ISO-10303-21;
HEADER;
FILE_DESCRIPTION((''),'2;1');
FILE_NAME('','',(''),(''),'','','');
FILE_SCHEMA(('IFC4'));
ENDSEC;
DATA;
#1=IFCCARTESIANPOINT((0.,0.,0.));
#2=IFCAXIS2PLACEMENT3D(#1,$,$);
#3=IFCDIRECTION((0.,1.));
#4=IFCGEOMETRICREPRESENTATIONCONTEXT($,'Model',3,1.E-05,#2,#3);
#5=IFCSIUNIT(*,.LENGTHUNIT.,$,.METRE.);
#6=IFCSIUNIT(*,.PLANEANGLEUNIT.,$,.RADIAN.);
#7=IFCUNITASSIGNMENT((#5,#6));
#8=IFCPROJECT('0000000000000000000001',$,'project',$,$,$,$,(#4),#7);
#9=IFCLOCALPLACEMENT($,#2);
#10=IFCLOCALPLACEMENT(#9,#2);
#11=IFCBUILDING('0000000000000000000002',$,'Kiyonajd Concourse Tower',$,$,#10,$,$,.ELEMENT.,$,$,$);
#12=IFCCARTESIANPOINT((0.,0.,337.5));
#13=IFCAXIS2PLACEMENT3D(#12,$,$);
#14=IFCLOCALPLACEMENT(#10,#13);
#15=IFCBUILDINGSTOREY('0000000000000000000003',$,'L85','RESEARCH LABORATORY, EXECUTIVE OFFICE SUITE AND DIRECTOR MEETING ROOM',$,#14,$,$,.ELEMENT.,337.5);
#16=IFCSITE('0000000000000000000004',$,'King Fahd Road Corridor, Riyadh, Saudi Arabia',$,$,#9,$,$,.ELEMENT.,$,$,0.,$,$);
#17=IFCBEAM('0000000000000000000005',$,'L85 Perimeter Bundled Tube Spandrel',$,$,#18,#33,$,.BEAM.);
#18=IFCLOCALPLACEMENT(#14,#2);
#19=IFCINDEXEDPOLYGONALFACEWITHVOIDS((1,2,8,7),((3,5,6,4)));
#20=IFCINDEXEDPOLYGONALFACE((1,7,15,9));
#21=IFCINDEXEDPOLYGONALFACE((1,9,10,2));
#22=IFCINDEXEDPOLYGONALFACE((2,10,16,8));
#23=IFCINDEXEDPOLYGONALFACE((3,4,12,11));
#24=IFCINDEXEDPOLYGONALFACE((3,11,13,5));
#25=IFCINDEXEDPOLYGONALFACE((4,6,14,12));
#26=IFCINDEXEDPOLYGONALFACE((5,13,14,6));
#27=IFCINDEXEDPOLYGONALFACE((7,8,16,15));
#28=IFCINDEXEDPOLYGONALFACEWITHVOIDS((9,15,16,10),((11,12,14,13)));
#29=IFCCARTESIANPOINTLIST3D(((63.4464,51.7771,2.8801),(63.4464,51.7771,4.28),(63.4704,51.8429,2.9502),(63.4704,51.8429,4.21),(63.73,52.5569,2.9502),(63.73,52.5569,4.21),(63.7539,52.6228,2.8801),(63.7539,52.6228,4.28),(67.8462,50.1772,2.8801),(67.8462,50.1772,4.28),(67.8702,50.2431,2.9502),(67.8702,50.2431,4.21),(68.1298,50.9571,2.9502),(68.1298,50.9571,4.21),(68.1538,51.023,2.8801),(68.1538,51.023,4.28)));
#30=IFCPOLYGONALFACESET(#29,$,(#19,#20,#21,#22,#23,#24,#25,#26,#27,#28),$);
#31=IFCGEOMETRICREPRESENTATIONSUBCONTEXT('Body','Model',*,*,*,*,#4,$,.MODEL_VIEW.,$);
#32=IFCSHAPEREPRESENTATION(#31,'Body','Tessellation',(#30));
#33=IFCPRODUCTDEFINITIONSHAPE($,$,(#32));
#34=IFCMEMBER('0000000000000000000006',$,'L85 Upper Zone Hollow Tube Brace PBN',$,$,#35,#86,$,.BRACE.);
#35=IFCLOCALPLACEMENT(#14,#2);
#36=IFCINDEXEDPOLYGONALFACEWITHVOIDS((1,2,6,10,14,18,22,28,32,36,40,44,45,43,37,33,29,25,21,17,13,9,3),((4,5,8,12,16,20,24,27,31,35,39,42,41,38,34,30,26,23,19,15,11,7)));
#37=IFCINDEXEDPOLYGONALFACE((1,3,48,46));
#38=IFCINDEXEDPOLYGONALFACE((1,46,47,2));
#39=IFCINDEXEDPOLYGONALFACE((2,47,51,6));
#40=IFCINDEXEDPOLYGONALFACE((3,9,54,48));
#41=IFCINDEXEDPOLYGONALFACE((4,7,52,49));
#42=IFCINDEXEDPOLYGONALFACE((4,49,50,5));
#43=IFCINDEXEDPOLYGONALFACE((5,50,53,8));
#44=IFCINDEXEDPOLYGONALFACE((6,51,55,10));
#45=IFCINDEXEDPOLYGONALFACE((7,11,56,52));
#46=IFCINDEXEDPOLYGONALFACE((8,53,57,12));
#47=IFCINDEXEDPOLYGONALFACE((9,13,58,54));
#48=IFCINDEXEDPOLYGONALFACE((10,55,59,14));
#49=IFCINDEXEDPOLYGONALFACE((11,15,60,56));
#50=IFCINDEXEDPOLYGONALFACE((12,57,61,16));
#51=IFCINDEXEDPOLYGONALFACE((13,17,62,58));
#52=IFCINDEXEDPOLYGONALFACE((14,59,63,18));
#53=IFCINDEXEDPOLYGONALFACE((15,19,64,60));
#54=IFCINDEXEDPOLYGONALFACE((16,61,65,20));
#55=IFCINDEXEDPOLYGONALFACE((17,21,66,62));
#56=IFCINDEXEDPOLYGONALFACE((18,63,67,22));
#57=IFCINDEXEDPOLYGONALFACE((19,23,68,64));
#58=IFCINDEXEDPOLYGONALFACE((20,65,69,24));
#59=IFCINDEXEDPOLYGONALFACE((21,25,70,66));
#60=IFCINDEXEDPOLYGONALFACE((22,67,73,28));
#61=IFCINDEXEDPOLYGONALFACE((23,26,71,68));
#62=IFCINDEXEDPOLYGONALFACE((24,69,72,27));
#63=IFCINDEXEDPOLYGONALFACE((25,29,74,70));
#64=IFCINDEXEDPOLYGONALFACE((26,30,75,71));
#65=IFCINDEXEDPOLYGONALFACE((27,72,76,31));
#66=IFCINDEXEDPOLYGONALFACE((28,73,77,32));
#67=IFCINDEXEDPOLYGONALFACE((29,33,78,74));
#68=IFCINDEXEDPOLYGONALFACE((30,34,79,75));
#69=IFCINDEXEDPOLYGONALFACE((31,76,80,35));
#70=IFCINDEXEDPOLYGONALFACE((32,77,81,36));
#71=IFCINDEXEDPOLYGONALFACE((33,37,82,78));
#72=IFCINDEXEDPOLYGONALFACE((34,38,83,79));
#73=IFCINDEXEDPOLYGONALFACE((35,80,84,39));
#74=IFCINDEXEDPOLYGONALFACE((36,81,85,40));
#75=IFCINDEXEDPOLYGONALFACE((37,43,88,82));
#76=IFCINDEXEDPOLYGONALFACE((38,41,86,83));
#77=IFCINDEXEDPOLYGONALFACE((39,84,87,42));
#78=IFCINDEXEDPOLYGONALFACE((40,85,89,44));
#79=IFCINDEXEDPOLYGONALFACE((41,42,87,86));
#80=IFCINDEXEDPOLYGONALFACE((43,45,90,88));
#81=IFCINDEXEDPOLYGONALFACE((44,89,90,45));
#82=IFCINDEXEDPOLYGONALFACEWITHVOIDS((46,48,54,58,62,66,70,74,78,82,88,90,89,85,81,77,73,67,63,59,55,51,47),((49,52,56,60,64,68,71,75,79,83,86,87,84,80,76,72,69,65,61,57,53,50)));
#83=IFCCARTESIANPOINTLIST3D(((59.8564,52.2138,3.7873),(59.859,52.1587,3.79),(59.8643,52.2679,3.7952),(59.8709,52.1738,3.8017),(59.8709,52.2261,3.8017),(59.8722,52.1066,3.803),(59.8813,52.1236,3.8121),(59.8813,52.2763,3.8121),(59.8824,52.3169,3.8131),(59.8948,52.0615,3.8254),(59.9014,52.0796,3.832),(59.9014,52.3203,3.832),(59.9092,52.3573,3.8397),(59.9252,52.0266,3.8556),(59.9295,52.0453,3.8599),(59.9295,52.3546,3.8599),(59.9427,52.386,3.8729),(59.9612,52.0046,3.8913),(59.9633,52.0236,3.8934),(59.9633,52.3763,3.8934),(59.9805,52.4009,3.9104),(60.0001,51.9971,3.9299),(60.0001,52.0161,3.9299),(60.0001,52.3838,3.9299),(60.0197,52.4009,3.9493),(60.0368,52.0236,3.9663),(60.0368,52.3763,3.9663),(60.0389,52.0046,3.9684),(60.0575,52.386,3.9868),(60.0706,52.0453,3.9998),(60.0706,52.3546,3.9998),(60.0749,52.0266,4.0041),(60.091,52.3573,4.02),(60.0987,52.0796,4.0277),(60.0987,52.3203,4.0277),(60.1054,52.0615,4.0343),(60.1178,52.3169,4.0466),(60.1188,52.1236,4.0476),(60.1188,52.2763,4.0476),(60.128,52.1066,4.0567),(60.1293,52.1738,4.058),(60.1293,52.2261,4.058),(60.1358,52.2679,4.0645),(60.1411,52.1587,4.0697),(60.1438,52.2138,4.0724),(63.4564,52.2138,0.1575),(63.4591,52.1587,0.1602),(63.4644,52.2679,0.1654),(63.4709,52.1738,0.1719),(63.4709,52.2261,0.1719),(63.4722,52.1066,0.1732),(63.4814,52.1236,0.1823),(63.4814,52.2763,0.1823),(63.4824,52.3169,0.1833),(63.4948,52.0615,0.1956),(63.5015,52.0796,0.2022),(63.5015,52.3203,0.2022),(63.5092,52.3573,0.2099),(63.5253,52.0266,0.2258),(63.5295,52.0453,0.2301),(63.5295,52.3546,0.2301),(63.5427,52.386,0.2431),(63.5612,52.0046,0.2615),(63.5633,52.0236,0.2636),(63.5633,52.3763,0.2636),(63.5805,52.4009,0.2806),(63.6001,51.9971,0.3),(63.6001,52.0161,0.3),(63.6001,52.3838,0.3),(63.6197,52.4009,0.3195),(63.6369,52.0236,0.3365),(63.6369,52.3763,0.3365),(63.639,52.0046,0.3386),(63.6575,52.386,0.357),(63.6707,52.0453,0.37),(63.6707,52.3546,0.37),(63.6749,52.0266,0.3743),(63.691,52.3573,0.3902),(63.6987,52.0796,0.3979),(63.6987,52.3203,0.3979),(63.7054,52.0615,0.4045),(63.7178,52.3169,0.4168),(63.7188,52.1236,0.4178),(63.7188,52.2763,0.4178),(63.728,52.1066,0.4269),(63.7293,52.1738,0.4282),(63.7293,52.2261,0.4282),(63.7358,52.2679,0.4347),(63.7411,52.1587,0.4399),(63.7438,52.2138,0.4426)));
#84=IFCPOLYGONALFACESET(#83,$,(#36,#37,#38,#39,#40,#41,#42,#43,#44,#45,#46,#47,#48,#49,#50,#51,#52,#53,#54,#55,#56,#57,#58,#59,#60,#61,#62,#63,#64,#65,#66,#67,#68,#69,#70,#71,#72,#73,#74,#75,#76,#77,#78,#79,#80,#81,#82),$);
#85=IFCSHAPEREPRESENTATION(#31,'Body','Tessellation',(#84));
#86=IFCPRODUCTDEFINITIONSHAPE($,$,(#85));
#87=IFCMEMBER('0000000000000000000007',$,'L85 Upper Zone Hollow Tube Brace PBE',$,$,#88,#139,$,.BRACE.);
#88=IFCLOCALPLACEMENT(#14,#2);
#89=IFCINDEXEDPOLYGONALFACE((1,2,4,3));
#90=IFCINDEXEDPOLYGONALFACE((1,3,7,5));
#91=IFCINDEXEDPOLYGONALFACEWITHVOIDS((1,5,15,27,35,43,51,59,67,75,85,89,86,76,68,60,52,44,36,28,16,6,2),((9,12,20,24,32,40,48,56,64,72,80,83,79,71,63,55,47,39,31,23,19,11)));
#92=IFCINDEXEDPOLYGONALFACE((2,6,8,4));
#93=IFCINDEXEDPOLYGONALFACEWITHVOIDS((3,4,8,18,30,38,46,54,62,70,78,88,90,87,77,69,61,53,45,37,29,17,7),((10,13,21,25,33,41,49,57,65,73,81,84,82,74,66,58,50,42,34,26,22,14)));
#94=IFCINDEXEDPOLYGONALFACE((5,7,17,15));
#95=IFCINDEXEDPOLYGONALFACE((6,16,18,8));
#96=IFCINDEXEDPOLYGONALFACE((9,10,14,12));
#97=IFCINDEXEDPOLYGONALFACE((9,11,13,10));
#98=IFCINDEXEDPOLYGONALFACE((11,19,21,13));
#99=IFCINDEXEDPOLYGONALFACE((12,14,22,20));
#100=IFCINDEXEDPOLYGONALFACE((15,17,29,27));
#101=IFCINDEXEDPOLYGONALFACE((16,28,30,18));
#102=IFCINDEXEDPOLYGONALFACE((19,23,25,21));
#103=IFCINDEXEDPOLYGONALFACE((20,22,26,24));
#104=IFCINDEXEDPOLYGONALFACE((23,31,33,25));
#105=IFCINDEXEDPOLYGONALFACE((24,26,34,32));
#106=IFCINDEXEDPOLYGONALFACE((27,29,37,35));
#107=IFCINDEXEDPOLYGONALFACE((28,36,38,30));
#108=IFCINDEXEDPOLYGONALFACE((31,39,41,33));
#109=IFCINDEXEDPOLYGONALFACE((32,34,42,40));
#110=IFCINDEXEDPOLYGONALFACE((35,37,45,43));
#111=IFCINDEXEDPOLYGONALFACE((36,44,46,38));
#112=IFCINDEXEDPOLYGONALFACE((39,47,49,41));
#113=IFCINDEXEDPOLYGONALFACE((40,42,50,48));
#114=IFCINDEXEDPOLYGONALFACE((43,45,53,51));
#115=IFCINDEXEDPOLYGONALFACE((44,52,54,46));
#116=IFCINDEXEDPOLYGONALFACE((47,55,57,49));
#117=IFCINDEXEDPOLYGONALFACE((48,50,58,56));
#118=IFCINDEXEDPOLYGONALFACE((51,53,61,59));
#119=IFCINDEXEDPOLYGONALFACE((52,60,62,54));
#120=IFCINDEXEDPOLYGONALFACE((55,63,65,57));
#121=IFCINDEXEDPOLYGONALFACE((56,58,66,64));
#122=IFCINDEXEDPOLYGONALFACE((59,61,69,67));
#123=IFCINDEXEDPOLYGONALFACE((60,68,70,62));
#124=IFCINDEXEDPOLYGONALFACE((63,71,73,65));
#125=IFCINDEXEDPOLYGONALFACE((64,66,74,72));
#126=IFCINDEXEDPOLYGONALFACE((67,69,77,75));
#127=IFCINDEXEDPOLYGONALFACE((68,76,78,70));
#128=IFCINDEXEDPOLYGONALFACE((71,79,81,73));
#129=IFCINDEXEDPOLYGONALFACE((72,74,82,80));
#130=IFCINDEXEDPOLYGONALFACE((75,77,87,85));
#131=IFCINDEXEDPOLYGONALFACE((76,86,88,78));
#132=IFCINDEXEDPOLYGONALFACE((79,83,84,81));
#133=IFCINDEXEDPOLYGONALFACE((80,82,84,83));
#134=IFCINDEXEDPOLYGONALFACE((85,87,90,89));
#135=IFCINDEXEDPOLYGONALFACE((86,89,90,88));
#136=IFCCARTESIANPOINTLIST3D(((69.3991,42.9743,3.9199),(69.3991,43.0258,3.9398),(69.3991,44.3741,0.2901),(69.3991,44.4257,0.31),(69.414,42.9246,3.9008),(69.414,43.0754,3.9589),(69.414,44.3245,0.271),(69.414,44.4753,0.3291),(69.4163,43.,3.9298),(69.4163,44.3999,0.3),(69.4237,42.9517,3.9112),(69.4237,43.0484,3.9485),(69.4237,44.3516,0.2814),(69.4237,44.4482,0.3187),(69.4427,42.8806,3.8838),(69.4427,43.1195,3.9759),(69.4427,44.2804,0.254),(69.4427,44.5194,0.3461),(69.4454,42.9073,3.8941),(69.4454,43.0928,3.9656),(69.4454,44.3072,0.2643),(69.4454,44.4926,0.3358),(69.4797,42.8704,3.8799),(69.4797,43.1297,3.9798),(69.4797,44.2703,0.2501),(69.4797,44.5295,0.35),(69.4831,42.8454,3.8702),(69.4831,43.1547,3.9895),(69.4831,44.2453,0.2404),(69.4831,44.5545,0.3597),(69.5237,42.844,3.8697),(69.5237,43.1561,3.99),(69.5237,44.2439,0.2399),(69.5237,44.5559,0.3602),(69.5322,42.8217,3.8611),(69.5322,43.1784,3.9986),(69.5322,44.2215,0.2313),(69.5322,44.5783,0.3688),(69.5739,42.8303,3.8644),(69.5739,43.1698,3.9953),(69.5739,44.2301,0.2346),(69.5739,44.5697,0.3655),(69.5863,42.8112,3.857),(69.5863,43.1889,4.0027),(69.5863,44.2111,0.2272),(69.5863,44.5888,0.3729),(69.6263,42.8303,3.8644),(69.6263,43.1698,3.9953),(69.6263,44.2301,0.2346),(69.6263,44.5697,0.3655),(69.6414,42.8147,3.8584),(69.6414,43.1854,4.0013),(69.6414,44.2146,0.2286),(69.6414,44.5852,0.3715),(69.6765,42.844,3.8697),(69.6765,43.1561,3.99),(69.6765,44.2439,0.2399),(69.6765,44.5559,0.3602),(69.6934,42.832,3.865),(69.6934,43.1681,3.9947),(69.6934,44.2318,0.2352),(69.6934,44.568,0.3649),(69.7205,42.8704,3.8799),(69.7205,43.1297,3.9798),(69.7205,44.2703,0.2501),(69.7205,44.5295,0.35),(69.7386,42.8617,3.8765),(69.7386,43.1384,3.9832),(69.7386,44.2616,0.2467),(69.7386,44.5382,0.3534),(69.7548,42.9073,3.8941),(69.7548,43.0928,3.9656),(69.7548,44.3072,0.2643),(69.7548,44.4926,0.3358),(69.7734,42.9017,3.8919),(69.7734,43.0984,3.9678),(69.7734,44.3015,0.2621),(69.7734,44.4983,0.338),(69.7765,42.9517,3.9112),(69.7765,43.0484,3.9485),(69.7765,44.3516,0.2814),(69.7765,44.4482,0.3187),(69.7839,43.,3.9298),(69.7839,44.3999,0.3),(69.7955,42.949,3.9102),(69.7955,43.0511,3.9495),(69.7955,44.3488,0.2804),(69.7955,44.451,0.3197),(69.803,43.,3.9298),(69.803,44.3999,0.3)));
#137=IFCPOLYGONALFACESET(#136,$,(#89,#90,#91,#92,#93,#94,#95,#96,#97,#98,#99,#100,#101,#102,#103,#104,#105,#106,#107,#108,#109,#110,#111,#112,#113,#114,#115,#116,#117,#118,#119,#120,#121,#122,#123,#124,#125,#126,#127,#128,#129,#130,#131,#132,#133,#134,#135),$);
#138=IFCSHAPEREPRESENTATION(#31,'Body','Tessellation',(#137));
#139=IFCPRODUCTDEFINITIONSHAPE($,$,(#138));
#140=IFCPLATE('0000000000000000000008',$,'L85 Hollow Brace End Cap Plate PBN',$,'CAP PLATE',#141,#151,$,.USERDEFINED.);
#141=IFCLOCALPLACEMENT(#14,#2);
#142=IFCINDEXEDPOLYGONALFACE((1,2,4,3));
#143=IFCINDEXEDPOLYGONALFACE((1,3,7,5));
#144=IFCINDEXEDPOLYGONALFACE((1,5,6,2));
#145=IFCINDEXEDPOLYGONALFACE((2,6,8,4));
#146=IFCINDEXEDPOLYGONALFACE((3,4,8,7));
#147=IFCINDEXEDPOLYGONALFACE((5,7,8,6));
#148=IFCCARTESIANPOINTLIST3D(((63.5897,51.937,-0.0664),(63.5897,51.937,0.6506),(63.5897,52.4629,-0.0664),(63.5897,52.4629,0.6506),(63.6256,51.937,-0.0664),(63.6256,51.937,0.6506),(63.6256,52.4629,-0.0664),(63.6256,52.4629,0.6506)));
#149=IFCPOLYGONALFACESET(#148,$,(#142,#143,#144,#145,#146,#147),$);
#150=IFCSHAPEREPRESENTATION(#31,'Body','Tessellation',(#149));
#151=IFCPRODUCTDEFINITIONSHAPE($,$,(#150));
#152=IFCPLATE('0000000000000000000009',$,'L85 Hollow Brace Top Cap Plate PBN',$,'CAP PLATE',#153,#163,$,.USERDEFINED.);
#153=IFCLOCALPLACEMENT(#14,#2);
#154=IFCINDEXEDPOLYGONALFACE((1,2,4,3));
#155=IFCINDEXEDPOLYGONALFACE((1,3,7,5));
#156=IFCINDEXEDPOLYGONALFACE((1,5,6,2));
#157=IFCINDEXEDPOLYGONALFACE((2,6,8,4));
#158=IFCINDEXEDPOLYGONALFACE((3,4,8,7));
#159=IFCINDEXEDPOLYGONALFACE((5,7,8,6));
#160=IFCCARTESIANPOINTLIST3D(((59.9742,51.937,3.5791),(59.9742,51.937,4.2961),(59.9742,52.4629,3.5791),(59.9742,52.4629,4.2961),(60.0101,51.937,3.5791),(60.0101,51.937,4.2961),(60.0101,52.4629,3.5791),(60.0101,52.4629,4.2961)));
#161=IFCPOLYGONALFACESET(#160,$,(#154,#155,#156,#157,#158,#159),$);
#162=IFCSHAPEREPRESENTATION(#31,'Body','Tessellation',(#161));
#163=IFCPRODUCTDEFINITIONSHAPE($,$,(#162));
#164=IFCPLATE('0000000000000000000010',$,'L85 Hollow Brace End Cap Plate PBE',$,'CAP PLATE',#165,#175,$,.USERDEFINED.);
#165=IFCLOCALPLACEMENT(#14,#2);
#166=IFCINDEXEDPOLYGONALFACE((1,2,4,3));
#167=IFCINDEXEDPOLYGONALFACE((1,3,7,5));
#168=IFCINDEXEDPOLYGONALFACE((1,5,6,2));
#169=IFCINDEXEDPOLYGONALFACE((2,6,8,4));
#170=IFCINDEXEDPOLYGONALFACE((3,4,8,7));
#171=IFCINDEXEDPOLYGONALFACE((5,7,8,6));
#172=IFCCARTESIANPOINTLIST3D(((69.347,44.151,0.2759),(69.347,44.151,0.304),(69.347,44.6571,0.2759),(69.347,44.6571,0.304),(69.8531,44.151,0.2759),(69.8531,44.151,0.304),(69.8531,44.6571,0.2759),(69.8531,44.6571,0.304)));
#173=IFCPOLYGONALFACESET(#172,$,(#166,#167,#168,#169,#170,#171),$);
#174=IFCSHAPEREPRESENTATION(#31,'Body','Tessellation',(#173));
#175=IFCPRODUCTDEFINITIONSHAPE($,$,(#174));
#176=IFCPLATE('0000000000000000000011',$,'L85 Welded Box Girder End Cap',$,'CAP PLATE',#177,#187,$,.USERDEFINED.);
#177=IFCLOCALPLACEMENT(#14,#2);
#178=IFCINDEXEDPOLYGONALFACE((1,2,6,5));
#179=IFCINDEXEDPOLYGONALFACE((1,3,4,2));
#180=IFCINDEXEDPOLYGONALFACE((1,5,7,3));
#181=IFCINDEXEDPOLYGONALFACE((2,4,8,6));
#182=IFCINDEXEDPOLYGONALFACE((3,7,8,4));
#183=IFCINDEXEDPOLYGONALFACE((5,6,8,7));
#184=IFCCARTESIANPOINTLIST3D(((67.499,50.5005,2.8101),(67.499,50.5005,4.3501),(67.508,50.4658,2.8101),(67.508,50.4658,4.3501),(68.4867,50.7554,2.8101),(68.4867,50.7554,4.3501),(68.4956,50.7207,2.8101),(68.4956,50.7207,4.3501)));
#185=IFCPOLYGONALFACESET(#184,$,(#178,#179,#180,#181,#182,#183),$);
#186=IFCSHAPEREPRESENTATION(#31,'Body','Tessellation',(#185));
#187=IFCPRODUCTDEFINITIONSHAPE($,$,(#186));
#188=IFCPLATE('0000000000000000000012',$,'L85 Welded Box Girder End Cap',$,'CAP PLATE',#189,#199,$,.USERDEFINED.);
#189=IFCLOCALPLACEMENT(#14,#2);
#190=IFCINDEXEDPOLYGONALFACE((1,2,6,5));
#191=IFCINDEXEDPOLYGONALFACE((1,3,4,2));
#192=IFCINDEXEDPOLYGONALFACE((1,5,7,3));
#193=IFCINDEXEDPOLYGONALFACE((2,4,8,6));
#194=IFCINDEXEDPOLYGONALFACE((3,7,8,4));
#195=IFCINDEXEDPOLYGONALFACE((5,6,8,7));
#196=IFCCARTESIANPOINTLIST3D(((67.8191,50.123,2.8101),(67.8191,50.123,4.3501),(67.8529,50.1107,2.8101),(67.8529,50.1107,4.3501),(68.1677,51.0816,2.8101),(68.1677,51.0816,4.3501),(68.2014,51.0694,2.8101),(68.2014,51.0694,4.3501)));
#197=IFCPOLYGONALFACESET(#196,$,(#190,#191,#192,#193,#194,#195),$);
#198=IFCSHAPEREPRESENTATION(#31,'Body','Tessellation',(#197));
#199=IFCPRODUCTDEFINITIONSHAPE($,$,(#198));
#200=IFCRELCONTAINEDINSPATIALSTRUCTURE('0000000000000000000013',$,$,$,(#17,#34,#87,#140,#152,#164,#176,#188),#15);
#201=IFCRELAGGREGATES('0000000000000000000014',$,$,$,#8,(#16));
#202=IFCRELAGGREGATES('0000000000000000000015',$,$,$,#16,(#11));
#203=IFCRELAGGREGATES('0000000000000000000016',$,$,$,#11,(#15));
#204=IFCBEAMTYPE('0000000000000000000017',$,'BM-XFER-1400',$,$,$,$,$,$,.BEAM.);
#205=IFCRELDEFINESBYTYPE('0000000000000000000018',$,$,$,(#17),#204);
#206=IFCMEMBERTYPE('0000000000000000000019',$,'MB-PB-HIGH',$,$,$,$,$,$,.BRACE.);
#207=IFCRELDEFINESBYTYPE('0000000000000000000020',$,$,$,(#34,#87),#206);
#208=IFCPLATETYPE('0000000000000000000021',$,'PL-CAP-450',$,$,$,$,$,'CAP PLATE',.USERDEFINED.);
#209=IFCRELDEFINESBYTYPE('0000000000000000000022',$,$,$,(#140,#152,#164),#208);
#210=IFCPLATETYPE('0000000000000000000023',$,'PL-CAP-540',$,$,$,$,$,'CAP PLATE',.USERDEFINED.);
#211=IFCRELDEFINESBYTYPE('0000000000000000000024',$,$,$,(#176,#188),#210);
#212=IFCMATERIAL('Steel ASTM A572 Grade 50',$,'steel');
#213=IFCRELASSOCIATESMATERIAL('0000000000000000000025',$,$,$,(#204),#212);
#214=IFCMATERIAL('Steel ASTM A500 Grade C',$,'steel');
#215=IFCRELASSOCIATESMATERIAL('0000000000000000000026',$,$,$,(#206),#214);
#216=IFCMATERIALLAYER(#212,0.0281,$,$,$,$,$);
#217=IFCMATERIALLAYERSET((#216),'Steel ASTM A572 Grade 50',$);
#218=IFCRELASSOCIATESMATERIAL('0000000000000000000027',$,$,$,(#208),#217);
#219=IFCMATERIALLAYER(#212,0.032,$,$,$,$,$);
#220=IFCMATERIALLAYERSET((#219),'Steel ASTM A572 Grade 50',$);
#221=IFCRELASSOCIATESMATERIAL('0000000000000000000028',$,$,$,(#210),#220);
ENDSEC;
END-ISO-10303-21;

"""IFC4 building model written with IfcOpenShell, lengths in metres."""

from ifc_helpers import new_model, si_unit, direction, frame, origin, origin_2d, place, context, subcontext, project, spatial, rectangle, hollow_rectangle, hollow_circle, extrude, material, layer, layer_set, material_profile, profile_set, type_object, element, save


model = new_model("IFC4")

# Units and contexts
model_context = context("Model", 3, precision=1e-05, world=origin(), true_north=direction((0.0, 1.0)))
body_context = subcontext(model_context, "Body", "Model", "MODEL_VIEW")
ifc_project = project(units=[si_unit("LENGTHUNIT", "METRE"), si_unit("PLANEANGLEUNIT", "RADIAN")], contexts=[model_context])

# Site, building, storey
site_placement = place(None, origin())
site = spatial("IfcSite", under=ifc_project, at=site_placement, Name="King Fahd Road Corridor, Riyadh, Saudi Arabia", CompositionType="ELEMENT", RefElevation=0.0)
building_placement = place(site_placement, origin())
building = spatial("IfcBuilding", under=site, at=building_placement, Name="Kiyonajd Concourse Tower", CompositionType="ELEMENT")
storey_placement = place(building_placement, frame((0.0, 0.0, 337.5)))
storey = spatial("IfcBuildingStorey", under=building, at=storey_placement, Name="L85", Description="RESEARCH LABORATORY, EXECUTIVE OFFICE SUITE AND DIRECTOR MEETING ROOM", CompositionType="ELEMENT", Elevation=337.5)

# Beam
ifc_material_1 = material(Name="Steel ASTM A572 Grade 50", Category="steel")
ifc_material_profile_1 = material_profile(ifc_material_1, hollow_rectangle(XDim=0.8999, YDim=1.3999, WallThickness=0.0701, at=origin_2d()), Name="BOX-1400x900x70")
ifc_profile_set_1 = profile_set([ifc_material_profile_1], Name="Steel ASTM A572 Grade 50")
beam_type_1 = type_object("IfcBeamType", Name="BM-XFER-1400", PredefinedType="BEAM", material=ifc_profile_set_1)
beam_1_placement = place(storey_placement, frame((68.0, 50.6001, 3.5801), z_axis=(-0.939801, 0.341722, 0.0), x_axis=(-0.341722, -0.939801, 0.0)))
element("IfcBeam", 1, at=beam_1_placement, inside=storey, type_object=beam_type_1, Name="L85 Perimeter Bundled Tube Spandrel", PredefinedType="BEAM", context=body_context, shape_type="SweptSolid", body=[
    extrude(hollow_rectangle(XDim=0.8999, YDim=1.3999, WallThickness=0.0701, at=origin_2d()), origin(), (0.0, 0.0, 1.0), 4.6816),
])

# Members
ifc_material_2 = material(Name="Steel ASTM A500 Grade C", Category="steel")
ifc_material_profile_2 = material_profile(ifc_material_2, hollow_circle(Radius=0.2029, WallThickness=0.019, at=origin_2d()), Name="CHS-406x19")
ifc_profile_set_2 = profile_set([ifc_material_profile_2], Name="Steel ASTM A500 Grade C")
member_type = type_object("IfcMemberType", Name="MB-PB-HIGH", PredefinedType="BRACE", material=ifc_profile_set_2)
member_1_placement = place(storey_placement, frame((63.6001, 52.2, 0.3), z_axis=(-0.704188, 0.0, 0.710014), x_axis=(0.0, -1.0, 0.0)))
element("IfcMember", 2, at=member_1_placement, inside=storey, type_object=member_type, Name="L85 Upper Zone Hollow Tube Brace PBN", PredefinedType="BRACE", context=body_context, shape_type="SweptSolid", body=[
    extrude(hollow_circle(Radius=0.2029, WallThickness=0.019, at=origin_2d()), origin(), (0.0, 0.0, 1.0), 5.1123),
])
member_2_placement = place(storey_placement, frame((69.6001, 44.3999, 0.3), z_axis=(0.0, -0.359828, 0.933019), x_axis=(1.0, 0.0, 0.0)))
element("IfcMember", 3, at=member_2_placement, inside=storey, type_object=member_type, Name="L85 Upper Zone Hollow Tube Brace PBE", PredefinedType="BRACE", context=body_context, shape_type="SweptSolid", body=[
    extrude(hollow_circle(Radius=0.2029, WallThickness=0.019, at=origin_2d()), origin(), (0.0, 0.0, 1.0), 3.8904),
])

# Plates
ifc_layer_1 = layer(ifc_material_1, 0.0281)
ifc_layer_set_1 = layer_set([ifc_layer_1], Name="Steel ASTM A572 Grade 50")
plate_type_1 = type_object("IfcPlateType", Name="PL-CAP-450", ElementType="CAP PLATE", PredefinedType="USERDEFINED", material=ifc_layer_set_1)
for number, where, z_axis, x_axis, name in (
    (4, (63.6077, 52.2, -0.0664), (0.0, 0.0, 1.0), (1.0, 0.0, 0.0), "L85 Hollow Brace End Cap Plate PBN"),
    (5, (59.9922, 52.2, 3.5791), (0.0, 0.0, 1.0), (-1.0, 0.0, 0.0), "L85 Hollow Brace Top Cap Plate PBN"),
):
    element("IfcPlate", number, at=place(storey_placement, frame(where, z_axis=z_axis, x_axis=x_axis)), inside=storey, type_object=plate_type_1, Name=name, ObjectType="CAP PLATE", PredefinedType="USERDEFINED", context=body_context, shape_type="SweptSolid", body=[
        extrude(rectangle(XDim=0.0359, YDim=0.5259, at=origin_2d()), origin(), (0.0, 0.0, 1.0), 0.717),
    ])
plate_placement = place(storey_placement, frame((69.6001, 44.4041, 0.2759), z_axis=(0.0, 0.0, 1.0), x_axis=(1.0, 0.0, 0.0)))
element("IfcPlate", 6, at=plate_placement, inside=storey, type_object=plate_type_1, Name="L85 Hollow Brace End Cap Plate PBE", ObjectType="CAP PLATE", PredefinedType="USERDEFINED", context=body_context, shape_type="SweptSolid", body=[
    extrude(rectangle(XDim=0.5061, YDim=0.5061, at=origin_2d()), origin(), (0.0, 0.0, 1.0), 0.0281),
])
ifc_layer_2 = layer(ifc_material_1, 0.032)
ifc_layer_set_2 = layer_set([ifc_layer_2], Name="Steel ASTM A572 Grade 50")
plate_type_2 = type_object("IfcPlateType", Name="PL-CAP-540", ElementType="CAP PLATE", PredefinedType="USERDEFINED", material=ifc_layer_set_2)
for number, where, z_axis, x_axis, name in (
    (7, (67.9973, 50.6106, 2.8101), (0.0, 0.0, 1.0), (-0.249873, 0.968279, 0.0), "L85 Welded Box Girder End Cap"),
    (8, (68.0103, 50.5962, 2.8101), (0.0, 0.0, 1.0), (0.939812, -0.341692, 0.0), "L85 Welded Box Girder End Cap"),
):
    element("IfcPlate", number, at=place(storey_placement, frame(where, z_axis=z_axis, x_axis=x_axis)), inside=storey, type_object=plate_type_2, Name=name, ObjectType="CAP PLATE", PredefinedType="USERDEFINED", context=body_context, shape_type="SweptSolid", body=[
        extrude(rectangle(XDim=0.0359, YDim=1.02, at=origin_2d()), origin(), (0.0, 0.0, 1.0), 1.54),
    ])

save(model, "model.ifc")
